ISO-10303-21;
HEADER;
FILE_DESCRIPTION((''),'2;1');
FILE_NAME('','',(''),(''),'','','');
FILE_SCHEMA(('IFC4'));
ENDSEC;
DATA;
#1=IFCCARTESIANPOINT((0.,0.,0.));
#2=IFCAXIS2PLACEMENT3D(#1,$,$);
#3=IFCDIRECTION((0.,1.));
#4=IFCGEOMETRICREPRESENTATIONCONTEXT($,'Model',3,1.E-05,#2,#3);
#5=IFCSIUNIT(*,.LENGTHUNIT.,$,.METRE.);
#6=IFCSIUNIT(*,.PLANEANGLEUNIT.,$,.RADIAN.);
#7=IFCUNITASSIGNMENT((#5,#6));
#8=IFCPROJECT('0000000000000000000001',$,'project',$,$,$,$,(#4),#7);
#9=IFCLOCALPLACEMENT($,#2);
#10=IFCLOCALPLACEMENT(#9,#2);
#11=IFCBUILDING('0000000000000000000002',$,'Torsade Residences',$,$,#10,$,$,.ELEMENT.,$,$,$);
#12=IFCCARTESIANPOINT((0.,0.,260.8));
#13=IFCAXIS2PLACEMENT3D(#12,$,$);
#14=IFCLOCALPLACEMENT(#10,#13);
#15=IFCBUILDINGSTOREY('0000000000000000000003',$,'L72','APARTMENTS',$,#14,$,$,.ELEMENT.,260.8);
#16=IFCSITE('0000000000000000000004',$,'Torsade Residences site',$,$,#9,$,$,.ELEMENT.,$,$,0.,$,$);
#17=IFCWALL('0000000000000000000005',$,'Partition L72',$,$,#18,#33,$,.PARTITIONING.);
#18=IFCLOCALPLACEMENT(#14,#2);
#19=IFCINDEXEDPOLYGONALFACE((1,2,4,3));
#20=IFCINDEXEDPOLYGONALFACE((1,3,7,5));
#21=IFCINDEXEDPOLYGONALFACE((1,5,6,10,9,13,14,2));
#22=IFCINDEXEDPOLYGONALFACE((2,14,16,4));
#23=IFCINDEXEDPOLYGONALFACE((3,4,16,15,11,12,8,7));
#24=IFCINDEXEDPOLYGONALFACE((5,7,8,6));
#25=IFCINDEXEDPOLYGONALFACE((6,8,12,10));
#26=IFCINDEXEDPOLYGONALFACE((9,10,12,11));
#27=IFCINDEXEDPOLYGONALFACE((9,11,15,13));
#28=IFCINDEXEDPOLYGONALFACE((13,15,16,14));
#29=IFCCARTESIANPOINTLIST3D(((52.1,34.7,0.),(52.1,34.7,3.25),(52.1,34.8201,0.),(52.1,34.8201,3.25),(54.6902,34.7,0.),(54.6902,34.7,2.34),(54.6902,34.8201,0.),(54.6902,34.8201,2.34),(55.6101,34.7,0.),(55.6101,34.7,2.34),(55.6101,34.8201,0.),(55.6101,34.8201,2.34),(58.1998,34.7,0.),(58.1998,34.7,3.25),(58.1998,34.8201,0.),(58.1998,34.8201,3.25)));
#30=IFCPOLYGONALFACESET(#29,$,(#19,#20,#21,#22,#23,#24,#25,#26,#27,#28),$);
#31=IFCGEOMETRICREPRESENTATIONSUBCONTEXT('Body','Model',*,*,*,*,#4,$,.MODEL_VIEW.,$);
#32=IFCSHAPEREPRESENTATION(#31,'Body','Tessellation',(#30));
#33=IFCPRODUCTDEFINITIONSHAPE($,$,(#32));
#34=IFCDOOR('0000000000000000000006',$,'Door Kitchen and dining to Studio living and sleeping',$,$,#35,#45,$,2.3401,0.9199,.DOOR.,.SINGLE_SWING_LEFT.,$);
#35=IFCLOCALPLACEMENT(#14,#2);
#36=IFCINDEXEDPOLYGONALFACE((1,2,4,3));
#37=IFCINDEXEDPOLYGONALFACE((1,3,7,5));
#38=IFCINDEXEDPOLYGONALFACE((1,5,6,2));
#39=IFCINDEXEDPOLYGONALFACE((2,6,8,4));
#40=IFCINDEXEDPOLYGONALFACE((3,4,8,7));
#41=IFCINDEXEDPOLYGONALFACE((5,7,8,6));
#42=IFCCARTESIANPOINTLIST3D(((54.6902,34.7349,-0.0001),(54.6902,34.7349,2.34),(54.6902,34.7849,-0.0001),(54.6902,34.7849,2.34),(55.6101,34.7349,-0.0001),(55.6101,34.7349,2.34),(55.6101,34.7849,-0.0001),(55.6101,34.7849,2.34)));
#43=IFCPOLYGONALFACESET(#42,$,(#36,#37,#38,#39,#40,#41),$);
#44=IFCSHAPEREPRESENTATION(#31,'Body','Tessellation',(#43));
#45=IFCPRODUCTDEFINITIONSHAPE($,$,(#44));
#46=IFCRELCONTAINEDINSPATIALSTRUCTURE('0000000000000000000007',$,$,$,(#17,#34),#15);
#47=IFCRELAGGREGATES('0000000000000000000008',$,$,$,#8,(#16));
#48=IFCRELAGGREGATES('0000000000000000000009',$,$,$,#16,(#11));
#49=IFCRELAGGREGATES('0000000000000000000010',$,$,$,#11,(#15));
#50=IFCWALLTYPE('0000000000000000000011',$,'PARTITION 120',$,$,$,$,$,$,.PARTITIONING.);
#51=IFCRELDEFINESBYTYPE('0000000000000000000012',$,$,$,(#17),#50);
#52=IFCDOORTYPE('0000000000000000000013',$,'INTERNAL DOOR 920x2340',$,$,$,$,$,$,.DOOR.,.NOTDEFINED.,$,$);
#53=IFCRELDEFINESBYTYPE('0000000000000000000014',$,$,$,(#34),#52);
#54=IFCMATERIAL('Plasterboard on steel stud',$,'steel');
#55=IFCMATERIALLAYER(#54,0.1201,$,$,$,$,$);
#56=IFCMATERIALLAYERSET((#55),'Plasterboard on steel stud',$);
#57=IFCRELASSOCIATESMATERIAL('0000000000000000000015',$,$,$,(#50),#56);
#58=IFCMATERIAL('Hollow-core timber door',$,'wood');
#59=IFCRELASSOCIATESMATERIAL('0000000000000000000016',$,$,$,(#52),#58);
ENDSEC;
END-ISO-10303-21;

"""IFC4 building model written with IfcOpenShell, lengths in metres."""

from ifc_helpers import new_model, si_unit, direction, frame, frame_2d, origin, place, context, subcontext, project, spatial, rectangle, extrude, material, layer, layer_set, type_object, element, fill, save


model = new_model("IFC4")

# Units and contexts
model_context = context("Model", 3, precision=1e-05, world=origin(), true_north=direction((0.0, 1.0)))
body_context = subcontext(model_context, "Body", "Model", "MODEL_VIEW")
ifc_project = project(units=[si_unit("LENGTHUNIT", "METRE"), si_unit("PLANEANGLEUNIT", "RADIAN")], contexts=[model_context])

# Site, building, storey
site_placement = place(None, origin())
site = spatial("IfcSite", under=ifc_project, at=site_placement, Name="Torsade Residences site", CompositionType="ELEMENT", RefElevation=0.0)
building_placement = place(site_placement, origin())
building = spatial("IfcBuilding", under=site, at=building_placement, Name="Torsade Residences", CompositionType="ELEMENT")
storey_placement = place(building_placement, frame((0.0, 0.0, 260.8)))
storey = spatial("IfcBuildingStorey", under=building, at=storey_placement, Name="L72", Description="APARTMENTS", CompositionType="ELEMENT", Elevation=260.8)

# Wall, opening, door
ifc_material_1 = material(Name="Plasterboard on steel stud", Category="steel")
ifc_layer_1 = layer(ifc_material_1, 0.1201)
ifc_layer_set_1 = layer_set([ifc_layer_1], Name="Plasterboard on steel stud")
wall_type_1 = type_object("IfcWallType", Name="PARTITION 120", PredefinedType="PARTITIONING", material=ifc_layer_set_1)
wall_1_placement = place(storey_placement, frame((52.1001, 34.76, 0.0), z_axis=(0.0, 0.0, 1.0), x_axis=(1.0, 0.0, 0.0)))
wall_1 = element("IfcWall", 1, at=wall_1_placement, inside=storey, type_object=wall_type_1, Name="Partition L72", PredefinedType="PARTITIONING", context=body_context, shape_type="SweptSolid", body=[
    extrude(rectangle(XDim=6.0999, YDim=0.1201, at=frame_2d((3.0498, 0.0))), origin(), (0.0, 0.0, 1.0), 3.25),
])
opening_placement = place(wall_1_placement, frame((2.5901, 0.0, 0.0)))
opening = element("IfcOpeningElement", 2, at=opening_placement, cuts=wall_1, PredefinedType="OPENING", context=body_context, shape_type="SweptSolid", body=[
    extrude(rectangle(XDim=0.9199, YDim=2.3401, at=frame_2d((0.46, 1.1699))), frame((0.0, 0.0701, 0.0), z_axis=(0.0, -1.0, 0.0), x_axis=(1.0, 0.0, 0.0)), (0.0, 0.0, 1.0), 0.1401),
])
ifc_material_2 = material(Name="Hollow-core timber door", Category="wood")
door_type = type_object("IfcDoorType", Name="INTERNAL DOOR 920x2340", OperationType="NOTDEFINED", PredefinedType="DOOR", material=ifc_material_2)
door_placement = place(opening_placement, origin())
door = element("IfcDoor", 3, at=door_placement, inside=storey, type_object=door_type, Name="Door Kitchen and dining to Studio living and sleeping", OperationType="SINGLE_SWING_LEFT", OverallHeight=2.3401, OverallWidth=0.9199, PredefinedType="DOOR", context=body_context, shape_type="SweptSolid", body=[
    extrude(rectangle(XDim=0.9199, YDim=2.3401, at=frame_2d((0.46, 1.1699))), frame((0.0, 0.0249, 0.0), z_axis=(0.0, -1.0, 0.0), x_axis=(1.0, 0.0, 0.0)), (0.0, 0.0, 1.0), 0.05),
])
fill(opening, door)

save(model, "model.ifc")
